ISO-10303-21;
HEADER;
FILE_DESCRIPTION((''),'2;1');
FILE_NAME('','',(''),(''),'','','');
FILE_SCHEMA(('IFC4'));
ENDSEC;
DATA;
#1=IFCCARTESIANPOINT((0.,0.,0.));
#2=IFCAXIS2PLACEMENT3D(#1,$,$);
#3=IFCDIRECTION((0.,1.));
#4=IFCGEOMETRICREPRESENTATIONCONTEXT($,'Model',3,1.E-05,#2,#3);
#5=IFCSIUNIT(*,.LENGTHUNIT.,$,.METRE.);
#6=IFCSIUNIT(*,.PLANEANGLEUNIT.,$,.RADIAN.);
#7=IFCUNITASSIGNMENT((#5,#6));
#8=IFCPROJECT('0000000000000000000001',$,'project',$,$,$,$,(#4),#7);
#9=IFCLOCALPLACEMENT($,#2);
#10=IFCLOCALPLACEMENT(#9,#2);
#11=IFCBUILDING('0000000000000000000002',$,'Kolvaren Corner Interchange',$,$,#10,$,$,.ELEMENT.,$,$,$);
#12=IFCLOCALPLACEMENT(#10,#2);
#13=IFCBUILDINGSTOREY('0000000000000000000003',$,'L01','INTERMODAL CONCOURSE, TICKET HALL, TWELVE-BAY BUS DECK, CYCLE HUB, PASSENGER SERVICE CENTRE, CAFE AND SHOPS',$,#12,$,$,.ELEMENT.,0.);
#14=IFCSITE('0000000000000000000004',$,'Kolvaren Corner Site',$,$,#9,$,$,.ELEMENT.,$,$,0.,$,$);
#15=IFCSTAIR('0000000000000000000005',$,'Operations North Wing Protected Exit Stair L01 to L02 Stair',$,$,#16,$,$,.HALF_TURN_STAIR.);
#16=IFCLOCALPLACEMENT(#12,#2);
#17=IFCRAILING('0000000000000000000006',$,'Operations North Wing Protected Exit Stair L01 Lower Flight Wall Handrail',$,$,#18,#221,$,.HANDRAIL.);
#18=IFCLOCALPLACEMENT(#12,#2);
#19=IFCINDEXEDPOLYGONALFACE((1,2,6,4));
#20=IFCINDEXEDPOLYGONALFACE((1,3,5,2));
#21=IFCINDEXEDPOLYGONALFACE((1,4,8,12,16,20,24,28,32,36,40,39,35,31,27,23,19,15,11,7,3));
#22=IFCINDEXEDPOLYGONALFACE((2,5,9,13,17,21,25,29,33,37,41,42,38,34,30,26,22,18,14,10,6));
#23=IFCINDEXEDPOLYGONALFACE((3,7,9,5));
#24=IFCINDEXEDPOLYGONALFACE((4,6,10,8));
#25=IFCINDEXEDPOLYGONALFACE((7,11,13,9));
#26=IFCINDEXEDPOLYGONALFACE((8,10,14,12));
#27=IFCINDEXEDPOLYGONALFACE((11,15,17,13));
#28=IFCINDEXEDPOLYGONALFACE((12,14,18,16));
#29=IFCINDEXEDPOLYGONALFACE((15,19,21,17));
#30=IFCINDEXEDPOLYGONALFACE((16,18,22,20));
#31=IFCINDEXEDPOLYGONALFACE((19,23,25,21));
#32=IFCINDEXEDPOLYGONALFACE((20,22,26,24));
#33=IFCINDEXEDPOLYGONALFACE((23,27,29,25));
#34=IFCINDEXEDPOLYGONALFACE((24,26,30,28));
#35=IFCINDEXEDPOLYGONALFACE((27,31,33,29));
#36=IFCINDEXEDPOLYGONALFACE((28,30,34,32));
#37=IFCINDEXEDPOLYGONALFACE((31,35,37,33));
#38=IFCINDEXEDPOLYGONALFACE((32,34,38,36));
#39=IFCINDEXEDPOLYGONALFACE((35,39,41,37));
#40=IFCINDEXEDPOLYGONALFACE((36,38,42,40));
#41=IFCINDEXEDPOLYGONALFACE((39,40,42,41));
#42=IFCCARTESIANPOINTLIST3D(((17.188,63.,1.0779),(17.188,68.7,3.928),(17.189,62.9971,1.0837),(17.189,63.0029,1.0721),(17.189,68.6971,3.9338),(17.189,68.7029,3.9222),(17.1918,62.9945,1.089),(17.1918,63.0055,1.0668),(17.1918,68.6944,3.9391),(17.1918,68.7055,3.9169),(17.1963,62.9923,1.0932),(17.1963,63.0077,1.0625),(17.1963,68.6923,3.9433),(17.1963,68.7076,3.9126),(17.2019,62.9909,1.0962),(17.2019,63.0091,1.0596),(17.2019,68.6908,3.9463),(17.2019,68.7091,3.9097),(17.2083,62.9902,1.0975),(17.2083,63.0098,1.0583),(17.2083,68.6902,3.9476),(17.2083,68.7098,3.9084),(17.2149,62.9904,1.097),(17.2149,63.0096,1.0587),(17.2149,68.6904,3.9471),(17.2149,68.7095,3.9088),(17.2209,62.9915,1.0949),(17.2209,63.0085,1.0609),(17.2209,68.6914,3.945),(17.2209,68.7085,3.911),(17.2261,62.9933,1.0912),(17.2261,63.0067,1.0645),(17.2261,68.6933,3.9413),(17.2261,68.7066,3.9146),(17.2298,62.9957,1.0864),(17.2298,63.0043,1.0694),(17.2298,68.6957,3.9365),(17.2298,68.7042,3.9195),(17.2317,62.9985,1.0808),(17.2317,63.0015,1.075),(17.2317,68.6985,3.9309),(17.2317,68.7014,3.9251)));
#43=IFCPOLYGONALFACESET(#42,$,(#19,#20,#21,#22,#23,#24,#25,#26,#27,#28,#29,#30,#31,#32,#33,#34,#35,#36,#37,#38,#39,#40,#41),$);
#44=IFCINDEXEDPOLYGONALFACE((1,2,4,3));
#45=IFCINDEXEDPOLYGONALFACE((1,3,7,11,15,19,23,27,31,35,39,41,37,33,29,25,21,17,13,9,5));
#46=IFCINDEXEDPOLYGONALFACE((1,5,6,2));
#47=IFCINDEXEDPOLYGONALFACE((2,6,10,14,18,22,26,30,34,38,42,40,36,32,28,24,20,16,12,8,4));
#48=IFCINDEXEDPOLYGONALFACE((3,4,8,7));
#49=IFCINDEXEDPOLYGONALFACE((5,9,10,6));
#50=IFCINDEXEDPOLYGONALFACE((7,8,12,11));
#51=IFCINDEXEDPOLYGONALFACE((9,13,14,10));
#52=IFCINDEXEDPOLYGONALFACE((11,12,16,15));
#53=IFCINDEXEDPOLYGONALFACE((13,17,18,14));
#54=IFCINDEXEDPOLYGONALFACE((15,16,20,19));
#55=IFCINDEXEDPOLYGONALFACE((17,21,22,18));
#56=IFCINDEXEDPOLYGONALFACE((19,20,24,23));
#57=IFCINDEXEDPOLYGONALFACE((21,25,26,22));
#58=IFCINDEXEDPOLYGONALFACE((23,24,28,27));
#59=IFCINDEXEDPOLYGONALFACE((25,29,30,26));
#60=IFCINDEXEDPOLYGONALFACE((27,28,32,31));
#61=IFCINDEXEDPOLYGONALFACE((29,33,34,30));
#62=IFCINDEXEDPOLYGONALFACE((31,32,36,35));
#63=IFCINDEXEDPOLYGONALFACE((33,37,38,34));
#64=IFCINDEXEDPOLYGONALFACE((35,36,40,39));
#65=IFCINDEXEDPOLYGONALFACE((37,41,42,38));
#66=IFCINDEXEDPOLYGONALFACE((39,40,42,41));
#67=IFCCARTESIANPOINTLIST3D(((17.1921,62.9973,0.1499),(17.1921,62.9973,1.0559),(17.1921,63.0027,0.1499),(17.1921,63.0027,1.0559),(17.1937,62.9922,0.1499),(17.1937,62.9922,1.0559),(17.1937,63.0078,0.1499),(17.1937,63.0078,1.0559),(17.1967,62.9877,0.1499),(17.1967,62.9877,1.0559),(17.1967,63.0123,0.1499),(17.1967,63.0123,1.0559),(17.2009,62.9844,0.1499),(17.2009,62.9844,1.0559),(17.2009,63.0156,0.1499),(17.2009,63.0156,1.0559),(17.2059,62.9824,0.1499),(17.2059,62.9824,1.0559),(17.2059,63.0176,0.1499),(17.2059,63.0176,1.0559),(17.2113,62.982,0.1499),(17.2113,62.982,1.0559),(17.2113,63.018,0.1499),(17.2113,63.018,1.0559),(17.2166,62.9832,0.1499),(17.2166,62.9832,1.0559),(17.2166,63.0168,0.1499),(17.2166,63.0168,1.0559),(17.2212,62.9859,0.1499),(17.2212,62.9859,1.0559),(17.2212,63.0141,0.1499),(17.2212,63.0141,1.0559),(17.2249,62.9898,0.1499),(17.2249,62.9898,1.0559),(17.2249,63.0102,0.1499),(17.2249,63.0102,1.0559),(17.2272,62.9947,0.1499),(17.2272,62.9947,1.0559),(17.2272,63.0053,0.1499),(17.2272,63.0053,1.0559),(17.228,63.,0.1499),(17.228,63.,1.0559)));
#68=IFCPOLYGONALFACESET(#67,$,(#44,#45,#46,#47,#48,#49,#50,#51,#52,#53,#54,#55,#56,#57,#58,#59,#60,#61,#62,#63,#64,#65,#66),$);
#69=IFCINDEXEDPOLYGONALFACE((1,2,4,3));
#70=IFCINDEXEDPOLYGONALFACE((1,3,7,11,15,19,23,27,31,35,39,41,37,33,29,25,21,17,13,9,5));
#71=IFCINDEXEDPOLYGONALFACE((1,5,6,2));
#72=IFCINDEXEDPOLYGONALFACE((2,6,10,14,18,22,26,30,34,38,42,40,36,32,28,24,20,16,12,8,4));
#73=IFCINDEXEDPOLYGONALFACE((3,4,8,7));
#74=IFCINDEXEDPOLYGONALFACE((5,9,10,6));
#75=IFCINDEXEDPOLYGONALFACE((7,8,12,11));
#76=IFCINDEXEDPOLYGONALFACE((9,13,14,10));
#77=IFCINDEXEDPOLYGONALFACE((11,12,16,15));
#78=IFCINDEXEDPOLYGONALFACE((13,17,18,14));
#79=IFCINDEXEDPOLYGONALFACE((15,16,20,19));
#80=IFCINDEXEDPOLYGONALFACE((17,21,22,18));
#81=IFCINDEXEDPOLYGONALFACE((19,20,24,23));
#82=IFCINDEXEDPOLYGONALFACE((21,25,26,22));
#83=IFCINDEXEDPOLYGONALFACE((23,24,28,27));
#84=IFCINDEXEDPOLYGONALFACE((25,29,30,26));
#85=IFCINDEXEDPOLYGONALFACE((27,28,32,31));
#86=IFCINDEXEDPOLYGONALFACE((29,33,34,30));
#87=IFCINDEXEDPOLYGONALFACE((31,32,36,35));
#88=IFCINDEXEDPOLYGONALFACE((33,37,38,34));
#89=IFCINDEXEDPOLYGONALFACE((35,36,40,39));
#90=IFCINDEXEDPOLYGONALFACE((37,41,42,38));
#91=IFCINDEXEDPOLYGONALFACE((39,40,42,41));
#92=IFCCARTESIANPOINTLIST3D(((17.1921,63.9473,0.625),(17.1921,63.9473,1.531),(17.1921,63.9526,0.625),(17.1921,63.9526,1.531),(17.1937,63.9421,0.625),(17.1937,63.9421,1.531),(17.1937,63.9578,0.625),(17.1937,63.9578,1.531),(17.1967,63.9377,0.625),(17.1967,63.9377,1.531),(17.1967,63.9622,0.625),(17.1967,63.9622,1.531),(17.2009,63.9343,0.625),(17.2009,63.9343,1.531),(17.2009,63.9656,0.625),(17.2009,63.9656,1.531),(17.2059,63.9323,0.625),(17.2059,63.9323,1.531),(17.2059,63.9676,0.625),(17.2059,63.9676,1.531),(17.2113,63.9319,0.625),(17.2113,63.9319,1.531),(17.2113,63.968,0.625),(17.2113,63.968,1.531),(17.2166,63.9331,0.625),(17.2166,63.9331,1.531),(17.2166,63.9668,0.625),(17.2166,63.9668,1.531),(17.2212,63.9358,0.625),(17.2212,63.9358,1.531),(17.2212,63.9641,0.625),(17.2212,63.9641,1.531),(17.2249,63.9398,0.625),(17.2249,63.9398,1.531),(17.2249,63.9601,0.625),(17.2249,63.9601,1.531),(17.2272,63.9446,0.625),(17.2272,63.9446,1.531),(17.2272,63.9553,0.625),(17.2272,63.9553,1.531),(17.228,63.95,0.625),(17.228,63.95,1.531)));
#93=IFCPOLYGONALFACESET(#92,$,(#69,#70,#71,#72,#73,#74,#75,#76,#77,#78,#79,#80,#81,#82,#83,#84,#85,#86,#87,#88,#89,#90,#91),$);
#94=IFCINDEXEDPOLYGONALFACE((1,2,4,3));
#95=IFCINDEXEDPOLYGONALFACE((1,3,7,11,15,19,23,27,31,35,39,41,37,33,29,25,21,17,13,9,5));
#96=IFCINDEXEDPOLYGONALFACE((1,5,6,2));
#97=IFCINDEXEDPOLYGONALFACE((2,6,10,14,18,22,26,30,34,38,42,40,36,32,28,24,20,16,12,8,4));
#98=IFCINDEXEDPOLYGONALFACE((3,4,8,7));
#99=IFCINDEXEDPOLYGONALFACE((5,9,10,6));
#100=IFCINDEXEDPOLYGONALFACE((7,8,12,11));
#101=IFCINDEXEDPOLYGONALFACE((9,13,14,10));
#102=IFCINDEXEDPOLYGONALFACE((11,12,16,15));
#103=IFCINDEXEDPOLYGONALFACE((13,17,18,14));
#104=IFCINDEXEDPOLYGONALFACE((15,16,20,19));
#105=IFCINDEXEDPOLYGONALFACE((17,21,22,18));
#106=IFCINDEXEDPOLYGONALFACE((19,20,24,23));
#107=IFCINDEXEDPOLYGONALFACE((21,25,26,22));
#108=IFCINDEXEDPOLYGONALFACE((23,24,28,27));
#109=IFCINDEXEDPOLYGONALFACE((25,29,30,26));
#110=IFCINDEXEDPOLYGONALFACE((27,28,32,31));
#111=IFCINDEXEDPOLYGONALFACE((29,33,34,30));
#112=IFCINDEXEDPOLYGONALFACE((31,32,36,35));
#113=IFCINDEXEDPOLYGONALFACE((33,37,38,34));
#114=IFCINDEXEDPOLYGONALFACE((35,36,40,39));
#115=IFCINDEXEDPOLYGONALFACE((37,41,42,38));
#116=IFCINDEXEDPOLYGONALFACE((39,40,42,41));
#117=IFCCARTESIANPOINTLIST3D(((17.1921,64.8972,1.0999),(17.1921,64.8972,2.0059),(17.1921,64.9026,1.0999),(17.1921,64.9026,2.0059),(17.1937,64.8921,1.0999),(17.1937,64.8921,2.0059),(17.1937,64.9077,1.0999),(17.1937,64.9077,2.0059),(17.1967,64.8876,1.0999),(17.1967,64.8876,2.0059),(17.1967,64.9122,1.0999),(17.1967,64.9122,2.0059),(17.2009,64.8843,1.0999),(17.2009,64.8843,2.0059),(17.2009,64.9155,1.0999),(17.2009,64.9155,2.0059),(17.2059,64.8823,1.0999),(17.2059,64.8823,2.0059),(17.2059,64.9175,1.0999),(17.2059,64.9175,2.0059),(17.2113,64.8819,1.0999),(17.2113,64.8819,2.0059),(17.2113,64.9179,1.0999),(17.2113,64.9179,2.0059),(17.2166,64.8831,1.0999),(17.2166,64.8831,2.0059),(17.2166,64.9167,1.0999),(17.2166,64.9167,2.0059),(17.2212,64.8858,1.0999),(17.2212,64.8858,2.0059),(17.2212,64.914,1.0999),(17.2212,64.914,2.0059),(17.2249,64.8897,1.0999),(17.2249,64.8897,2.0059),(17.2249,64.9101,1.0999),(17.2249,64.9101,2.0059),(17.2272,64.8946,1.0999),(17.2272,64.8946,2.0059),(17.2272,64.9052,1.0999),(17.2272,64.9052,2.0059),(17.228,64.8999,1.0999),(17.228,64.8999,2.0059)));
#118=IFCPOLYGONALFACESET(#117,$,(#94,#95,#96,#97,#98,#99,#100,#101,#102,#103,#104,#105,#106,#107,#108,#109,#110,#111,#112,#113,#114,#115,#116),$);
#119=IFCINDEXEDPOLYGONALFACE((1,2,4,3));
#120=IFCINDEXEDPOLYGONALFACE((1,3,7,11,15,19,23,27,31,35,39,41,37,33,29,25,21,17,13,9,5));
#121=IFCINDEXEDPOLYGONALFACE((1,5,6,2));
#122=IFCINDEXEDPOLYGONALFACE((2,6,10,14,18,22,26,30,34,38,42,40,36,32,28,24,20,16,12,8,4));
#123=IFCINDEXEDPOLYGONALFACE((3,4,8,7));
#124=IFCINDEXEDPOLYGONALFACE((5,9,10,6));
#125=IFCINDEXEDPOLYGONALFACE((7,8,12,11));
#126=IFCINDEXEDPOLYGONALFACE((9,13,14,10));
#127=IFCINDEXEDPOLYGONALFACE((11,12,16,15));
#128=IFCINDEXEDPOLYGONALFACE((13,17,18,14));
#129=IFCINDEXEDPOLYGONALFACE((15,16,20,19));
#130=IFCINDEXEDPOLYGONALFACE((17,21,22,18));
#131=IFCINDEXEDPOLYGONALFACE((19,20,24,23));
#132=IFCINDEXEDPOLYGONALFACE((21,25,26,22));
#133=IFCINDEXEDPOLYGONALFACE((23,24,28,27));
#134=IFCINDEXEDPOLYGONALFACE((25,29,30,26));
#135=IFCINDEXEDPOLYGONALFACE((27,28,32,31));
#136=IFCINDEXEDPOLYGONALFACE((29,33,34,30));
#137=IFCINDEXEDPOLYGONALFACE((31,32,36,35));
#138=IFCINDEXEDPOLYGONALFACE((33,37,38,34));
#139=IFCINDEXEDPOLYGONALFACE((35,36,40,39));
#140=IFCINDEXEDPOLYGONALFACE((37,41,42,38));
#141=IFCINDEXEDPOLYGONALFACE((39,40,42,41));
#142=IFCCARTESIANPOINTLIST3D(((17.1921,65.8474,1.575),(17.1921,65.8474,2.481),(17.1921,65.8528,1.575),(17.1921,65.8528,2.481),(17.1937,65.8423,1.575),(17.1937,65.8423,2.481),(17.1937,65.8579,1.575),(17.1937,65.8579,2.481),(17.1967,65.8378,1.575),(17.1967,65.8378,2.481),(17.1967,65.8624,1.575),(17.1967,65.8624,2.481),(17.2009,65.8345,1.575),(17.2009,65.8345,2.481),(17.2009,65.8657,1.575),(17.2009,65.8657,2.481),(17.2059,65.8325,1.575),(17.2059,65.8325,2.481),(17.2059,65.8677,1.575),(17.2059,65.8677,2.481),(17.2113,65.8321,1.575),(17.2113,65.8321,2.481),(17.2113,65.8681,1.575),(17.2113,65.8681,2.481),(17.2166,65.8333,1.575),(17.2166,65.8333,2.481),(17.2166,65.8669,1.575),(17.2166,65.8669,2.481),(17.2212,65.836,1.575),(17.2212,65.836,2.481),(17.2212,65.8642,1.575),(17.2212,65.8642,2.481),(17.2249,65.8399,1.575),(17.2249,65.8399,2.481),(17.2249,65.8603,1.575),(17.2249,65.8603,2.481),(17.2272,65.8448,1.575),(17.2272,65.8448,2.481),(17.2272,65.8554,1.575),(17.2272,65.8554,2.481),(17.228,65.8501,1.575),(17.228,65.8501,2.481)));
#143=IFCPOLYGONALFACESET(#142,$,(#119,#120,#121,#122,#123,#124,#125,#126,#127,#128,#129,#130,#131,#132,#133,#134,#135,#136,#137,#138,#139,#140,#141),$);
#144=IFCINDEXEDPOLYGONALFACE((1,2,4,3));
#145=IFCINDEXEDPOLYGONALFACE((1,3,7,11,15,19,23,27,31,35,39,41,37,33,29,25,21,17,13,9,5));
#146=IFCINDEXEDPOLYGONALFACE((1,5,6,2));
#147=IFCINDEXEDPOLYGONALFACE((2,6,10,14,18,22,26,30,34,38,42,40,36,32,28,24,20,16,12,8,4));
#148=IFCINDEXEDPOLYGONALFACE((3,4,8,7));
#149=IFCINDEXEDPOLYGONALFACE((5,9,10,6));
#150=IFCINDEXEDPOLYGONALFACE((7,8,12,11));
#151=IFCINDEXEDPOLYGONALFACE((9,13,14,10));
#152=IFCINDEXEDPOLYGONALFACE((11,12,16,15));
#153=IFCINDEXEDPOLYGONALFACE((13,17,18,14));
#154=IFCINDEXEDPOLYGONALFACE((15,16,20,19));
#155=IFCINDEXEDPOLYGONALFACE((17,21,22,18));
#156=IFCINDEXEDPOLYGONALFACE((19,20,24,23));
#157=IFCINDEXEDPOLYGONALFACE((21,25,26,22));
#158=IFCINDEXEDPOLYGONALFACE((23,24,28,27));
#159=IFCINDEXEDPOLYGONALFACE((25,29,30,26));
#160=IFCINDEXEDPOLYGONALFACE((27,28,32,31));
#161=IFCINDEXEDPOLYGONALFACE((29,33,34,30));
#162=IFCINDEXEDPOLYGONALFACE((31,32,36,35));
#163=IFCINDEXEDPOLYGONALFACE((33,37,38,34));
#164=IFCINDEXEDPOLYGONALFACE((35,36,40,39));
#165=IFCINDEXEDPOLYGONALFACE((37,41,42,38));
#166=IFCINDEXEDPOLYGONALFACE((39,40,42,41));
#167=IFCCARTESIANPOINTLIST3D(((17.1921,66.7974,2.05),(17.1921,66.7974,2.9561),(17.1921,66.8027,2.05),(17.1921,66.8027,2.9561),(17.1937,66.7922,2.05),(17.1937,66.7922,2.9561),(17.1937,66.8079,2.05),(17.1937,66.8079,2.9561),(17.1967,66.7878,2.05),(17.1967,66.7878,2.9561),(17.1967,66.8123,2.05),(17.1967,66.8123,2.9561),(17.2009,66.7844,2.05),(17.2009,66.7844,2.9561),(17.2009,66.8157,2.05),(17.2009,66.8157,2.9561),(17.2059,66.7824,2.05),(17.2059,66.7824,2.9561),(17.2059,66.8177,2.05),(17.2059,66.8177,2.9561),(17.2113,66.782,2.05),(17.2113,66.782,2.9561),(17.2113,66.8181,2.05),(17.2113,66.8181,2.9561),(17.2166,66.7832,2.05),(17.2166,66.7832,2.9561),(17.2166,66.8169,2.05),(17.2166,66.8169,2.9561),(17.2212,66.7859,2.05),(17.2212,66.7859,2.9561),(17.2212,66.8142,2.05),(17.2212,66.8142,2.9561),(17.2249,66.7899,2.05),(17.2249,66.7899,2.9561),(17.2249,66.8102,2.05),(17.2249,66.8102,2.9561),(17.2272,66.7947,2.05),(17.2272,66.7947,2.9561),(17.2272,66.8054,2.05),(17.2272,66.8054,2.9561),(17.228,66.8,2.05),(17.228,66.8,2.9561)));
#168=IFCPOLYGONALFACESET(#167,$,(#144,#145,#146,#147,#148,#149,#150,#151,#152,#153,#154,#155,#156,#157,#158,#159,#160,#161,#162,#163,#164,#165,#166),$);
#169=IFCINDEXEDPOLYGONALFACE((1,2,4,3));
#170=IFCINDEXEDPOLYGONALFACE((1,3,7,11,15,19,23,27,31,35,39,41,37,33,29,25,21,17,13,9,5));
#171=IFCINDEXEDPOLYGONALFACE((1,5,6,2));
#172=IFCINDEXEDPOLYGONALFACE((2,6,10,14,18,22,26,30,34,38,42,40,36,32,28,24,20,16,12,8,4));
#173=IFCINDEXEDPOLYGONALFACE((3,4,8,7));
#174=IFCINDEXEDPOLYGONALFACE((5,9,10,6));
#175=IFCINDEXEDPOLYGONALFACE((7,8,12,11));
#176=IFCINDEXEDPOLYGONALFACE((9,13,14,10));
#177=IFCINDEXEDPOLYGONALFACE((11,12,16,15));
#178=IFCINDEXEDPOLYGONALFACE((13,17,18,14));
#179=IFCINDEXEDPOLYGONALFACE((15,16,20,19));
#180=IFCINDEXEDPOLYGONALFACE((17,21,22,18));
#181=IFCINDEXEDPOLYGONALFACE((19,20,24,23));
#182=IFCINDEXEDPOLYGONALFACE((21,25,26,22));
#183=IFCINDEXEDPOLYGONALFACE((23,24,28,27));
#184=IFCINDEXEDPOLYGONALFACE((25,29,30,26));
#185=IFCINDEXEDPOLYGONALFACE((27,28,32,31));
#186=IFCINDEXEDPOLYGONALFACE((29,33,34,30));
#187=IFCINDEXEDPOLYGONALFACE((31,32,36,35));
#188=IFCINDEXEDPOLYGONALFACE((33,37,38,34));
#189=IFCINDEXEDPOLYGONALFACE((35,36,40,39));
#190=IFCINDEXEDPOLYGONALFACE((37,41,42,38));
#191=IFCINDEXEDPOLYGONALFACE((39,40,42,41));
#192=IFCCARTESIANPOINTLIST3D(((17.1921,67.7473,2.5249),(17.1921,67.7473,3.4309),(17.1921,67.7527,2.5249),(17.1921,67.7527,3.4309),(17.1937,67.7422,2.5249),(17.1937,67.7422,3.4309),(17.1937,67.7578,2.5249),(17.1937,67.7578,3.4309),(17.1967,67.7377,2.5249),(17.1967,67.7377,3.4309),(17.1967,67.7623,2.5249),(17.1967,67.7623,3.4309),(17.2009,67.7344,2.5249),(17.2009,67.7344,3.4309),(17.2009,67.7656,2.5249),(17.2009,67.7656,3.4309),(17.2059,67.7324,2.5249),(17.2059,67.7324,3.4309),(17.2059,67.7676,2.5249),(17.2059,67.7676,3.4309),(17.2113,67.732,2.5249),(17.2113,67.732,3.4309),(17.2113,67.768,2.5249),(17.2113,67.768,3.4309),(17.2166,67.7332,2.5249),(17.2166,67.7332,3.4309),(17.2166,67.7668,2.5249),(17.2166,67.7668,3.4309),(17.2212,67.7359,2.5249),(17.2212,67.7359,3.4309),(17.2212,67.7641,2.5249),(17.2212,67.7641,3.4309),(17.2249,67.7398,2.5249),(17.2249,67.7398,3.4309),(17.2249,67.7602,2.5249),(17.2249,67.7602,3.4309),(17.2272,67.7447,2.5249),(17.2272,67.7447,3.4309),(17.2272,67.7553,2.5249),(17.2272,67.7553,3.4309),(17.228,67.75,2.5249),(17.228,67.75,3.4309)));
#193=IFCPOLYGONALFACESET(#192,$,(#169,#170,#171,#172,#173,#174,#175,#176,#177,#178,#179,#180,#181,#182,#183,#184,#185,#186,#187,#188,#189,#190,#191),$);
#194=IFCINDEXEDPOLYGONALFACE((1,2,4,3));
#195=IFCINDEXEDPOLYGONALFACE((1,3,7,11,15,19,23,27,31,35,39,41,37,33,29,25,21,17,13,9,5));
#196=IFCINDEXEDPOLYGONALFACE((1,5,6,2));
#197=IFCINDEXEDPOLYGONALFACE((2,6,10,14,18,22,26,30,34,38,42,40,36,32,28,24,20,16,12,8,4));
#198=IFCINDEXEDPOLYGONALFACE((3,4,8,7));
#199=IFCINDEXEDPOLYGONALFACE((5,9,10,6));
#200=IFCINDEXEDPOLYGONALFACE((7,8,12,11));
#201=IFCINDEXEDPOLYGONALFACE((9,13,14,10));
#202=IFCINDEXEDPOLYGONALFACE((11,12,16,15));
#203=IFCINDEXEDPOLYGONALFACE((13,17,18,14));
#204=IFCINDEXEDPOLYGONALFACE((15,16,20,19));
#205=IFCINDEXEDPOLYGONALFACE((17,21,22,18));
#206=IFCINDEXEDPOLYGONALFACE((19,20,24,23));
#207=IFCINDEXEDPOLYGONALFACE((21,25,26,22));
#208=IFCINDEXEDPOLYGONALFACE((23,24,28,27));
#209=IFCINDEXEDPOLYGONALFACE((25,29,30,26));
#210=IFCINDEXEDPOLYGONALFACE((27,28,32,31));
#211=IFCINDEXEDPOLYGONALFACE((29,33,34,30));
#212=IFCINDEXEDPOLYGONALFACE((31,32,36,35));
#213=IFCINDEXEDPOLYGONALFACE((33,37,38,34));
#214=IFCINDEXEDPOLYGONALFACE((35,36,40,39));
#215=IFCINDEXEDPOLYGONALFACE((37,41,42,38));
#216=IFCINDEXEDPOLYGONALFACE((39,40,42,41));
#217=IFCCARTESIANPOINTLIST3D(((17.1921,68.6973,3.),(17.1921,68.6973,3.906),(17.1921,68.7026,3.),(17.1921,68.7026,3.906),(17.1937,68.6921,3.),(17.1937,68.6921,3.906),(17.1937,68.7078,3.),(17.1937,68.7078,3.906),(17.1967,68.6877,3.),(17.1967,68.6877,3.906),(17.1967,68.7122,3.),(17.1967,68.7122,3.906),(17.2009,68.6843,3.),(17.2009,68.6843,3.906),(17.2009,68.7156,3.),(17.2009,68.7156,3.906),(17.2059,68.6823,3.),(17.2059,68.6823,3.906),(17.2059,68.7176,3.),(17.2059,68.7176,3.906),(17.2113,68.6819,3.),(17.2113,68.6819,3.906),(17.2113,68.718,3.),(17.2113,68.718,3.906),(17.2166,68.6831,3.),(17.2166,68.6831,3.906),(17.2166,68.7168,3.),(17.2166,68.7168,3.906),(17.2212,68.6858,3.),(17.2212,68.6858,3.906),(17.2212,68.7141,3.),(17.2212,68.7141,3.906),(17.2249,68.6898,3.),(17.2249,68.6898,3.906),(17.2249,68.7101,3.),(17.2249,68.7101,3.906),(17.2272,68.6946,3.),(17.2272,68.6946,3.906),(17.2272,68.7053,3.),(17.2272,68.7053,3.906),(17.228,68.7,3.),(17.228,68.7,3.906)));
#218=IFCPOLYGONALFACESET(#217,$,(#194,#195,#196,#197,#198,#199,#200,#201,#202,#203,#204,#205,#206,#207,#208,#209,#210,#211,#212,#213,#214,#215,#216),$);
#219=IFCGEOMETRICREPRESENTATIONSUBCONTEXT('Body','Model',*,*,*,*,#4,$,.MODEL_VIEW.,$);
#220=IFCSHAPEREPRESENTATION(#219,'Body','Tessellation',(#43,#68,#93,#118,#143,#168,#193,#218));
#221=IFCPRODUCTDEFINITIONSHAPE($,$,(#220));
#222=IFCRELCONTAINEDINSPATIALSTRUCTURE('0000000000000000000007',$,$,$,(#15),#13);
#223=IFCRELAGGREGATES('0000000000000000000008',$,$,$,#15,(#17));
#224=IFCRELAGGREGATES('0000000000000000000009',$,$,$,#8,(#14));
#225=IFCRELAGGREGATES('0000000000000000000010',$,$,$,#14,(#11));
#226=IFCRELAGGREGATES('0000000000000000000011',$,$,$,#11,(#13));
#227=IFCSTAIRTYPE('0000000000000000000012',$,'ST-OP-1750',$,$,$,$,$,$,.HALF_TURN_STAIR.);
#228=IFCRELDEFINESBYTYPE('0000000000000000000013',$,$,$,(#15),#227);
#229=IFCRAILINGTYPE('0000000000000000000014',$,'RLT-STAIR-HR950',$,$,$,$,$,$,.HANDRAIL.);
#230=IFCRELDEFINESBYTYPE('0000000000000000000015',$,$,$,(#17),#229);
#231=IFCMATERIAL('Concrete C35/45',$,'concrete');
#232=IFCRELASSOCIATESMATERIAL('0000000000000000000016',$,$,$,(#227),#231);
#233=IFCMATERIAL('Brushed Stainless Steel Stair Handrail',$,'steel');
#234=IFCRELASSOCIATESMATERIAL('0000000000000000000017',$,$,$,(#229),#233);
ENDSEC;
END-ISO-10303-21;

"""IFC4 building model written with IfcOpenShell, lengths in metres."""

from ifc_helpers import new_model, si_unit, direction, frame, origin, origin_2d, place, context, subcontext, project, spatial, circle, extrude, material, type_object, element, aggregate, save


model = new_model("IFC4")

# Units and contexts
model_context = context("Model", 3, precision=1e-05, world=origin(), true_north=direction((0.0, 1.0)))
body_context = subcontext(model_context, "Body", "Model", "MODEL_VIEW")
ifc_project = project(units=[si_unit("LENGTHUNIT", "METRE"), si_unit("PLANEANGLEUNIT", "RADIAN")], contexts=[model_context])

# Site, building, storey
site_placement = place(None, origin())
site = spatial("IfcSite", under=ifc_project, at=site_placement, Name="Kolvaren Corner Site", CompositionType="ELEMENT", RefElevation=0.0)
building_placement = place(site_placement, origin())
building = spatial("IfcBuilding", under=site, at=building_placement, Name="Kolvaren Corner Interchange", CompositionType="ELEMENT")
storey_placement = place(building_placement, origin())
storey = spatial("IfcBuildingStorey", under=building, at=storey_placement, Name="L01", Description="INTERMODAL CONCOURSE, TICKET HALL, TWELVE-BAY BUS DECK, CYCLE HUB, PASSENGER SERVICE CENTRE, CAFE AND SHOPS", CompositionType="ELEMENT", Elevation=0.0)

# Stair, railing
ifc_material_1 = material(Name="Concrete C35/45", Category="concrete")
stair_type = type_object("IfcStairType", Name="ST-OP-1750", PredefinedType="HALF_TURN_STAIR", material=ifc_material_1)
stair_placement = place(storey_placement, origin())
stair = element("IfcStair", 1, at=stair_placement, inside=storey, type_object=stair_type, Name="Operations North Wing Protected Exit Stair L01 to L02 Stair", PredefinedType="HALF_TURN_STAIR")
ifc_material_2 = material(Name="Brushed Stainless Steel Stair Handrail", Category="steel")
railing_type_1 = type_object("IfcRailingType", Name="RLT-STAIR-HR950", PredefinedType="HANDRAIL", material=ifc_material_2)
railing_1_placement = place(storey_placement, frame((17.21, 63.0, 0.1499)))
railing_1 = element("IfcRailing", 2, at=railing_1_placement, type_object=railing_type_1, Name="Operations North Wing Protected Exit Stair L01 Lower Flight Wall Handrail", PredefinedType="HANDRAIL", context=body_context, shape_type="SweptSolid", body=[
    extrude(circle(Radius=0.022, at=origin_2d()), frame((0.0, 0.0, 0.928), z_axis=(0.0, 0.89442, 0.447229), x_axis=(-1.0, 0.0, 0.0)), (0.0, 0.0, 1.0), 6.3728),
    extrude(circle(Radius=0.0181, at=origin_2d()), origin(), (0.0, 0.0, 1.0), 0.906),
    extrude(circle(Radius=0.0181, at=origin_2d()), frame((0.0, 0.95, 0.4751)), (0.0, 0.0, 1.0), 0.906),
    extrude(circle(Radius=0.0181, at=origin_2d()), frame((0.0, 1.8999, 0.95)), (0.0, 0.0, 1.0), 0.906),
    extrude(circle(Radius=0.0181, at=origin_2d()), frame((0.0, 2.8501, 1.425)), (0.0, 0.0, 1.0), 0.906),
    extrude(circle(Radius=0.0181, at=origin_2d()), frame((0.0, 3.8, 1.9001)), (0.0, 0.0, 1.0), 0.906),
    extrude(circle(Radius=0.0181, at=origin_2d()), frame((0.0, 4.75, 2.375)), (0.0, 0.0, 1.0), 0.906),
    extrude(circle(Radius=0.0181, at=origin_2d()), frame((0.0, 5.7, 2.8501)), (0.0, 0.0, 1.0), 0.906),
])
aggregate(stair, [railing_1])

save(model, "model.ifc")
